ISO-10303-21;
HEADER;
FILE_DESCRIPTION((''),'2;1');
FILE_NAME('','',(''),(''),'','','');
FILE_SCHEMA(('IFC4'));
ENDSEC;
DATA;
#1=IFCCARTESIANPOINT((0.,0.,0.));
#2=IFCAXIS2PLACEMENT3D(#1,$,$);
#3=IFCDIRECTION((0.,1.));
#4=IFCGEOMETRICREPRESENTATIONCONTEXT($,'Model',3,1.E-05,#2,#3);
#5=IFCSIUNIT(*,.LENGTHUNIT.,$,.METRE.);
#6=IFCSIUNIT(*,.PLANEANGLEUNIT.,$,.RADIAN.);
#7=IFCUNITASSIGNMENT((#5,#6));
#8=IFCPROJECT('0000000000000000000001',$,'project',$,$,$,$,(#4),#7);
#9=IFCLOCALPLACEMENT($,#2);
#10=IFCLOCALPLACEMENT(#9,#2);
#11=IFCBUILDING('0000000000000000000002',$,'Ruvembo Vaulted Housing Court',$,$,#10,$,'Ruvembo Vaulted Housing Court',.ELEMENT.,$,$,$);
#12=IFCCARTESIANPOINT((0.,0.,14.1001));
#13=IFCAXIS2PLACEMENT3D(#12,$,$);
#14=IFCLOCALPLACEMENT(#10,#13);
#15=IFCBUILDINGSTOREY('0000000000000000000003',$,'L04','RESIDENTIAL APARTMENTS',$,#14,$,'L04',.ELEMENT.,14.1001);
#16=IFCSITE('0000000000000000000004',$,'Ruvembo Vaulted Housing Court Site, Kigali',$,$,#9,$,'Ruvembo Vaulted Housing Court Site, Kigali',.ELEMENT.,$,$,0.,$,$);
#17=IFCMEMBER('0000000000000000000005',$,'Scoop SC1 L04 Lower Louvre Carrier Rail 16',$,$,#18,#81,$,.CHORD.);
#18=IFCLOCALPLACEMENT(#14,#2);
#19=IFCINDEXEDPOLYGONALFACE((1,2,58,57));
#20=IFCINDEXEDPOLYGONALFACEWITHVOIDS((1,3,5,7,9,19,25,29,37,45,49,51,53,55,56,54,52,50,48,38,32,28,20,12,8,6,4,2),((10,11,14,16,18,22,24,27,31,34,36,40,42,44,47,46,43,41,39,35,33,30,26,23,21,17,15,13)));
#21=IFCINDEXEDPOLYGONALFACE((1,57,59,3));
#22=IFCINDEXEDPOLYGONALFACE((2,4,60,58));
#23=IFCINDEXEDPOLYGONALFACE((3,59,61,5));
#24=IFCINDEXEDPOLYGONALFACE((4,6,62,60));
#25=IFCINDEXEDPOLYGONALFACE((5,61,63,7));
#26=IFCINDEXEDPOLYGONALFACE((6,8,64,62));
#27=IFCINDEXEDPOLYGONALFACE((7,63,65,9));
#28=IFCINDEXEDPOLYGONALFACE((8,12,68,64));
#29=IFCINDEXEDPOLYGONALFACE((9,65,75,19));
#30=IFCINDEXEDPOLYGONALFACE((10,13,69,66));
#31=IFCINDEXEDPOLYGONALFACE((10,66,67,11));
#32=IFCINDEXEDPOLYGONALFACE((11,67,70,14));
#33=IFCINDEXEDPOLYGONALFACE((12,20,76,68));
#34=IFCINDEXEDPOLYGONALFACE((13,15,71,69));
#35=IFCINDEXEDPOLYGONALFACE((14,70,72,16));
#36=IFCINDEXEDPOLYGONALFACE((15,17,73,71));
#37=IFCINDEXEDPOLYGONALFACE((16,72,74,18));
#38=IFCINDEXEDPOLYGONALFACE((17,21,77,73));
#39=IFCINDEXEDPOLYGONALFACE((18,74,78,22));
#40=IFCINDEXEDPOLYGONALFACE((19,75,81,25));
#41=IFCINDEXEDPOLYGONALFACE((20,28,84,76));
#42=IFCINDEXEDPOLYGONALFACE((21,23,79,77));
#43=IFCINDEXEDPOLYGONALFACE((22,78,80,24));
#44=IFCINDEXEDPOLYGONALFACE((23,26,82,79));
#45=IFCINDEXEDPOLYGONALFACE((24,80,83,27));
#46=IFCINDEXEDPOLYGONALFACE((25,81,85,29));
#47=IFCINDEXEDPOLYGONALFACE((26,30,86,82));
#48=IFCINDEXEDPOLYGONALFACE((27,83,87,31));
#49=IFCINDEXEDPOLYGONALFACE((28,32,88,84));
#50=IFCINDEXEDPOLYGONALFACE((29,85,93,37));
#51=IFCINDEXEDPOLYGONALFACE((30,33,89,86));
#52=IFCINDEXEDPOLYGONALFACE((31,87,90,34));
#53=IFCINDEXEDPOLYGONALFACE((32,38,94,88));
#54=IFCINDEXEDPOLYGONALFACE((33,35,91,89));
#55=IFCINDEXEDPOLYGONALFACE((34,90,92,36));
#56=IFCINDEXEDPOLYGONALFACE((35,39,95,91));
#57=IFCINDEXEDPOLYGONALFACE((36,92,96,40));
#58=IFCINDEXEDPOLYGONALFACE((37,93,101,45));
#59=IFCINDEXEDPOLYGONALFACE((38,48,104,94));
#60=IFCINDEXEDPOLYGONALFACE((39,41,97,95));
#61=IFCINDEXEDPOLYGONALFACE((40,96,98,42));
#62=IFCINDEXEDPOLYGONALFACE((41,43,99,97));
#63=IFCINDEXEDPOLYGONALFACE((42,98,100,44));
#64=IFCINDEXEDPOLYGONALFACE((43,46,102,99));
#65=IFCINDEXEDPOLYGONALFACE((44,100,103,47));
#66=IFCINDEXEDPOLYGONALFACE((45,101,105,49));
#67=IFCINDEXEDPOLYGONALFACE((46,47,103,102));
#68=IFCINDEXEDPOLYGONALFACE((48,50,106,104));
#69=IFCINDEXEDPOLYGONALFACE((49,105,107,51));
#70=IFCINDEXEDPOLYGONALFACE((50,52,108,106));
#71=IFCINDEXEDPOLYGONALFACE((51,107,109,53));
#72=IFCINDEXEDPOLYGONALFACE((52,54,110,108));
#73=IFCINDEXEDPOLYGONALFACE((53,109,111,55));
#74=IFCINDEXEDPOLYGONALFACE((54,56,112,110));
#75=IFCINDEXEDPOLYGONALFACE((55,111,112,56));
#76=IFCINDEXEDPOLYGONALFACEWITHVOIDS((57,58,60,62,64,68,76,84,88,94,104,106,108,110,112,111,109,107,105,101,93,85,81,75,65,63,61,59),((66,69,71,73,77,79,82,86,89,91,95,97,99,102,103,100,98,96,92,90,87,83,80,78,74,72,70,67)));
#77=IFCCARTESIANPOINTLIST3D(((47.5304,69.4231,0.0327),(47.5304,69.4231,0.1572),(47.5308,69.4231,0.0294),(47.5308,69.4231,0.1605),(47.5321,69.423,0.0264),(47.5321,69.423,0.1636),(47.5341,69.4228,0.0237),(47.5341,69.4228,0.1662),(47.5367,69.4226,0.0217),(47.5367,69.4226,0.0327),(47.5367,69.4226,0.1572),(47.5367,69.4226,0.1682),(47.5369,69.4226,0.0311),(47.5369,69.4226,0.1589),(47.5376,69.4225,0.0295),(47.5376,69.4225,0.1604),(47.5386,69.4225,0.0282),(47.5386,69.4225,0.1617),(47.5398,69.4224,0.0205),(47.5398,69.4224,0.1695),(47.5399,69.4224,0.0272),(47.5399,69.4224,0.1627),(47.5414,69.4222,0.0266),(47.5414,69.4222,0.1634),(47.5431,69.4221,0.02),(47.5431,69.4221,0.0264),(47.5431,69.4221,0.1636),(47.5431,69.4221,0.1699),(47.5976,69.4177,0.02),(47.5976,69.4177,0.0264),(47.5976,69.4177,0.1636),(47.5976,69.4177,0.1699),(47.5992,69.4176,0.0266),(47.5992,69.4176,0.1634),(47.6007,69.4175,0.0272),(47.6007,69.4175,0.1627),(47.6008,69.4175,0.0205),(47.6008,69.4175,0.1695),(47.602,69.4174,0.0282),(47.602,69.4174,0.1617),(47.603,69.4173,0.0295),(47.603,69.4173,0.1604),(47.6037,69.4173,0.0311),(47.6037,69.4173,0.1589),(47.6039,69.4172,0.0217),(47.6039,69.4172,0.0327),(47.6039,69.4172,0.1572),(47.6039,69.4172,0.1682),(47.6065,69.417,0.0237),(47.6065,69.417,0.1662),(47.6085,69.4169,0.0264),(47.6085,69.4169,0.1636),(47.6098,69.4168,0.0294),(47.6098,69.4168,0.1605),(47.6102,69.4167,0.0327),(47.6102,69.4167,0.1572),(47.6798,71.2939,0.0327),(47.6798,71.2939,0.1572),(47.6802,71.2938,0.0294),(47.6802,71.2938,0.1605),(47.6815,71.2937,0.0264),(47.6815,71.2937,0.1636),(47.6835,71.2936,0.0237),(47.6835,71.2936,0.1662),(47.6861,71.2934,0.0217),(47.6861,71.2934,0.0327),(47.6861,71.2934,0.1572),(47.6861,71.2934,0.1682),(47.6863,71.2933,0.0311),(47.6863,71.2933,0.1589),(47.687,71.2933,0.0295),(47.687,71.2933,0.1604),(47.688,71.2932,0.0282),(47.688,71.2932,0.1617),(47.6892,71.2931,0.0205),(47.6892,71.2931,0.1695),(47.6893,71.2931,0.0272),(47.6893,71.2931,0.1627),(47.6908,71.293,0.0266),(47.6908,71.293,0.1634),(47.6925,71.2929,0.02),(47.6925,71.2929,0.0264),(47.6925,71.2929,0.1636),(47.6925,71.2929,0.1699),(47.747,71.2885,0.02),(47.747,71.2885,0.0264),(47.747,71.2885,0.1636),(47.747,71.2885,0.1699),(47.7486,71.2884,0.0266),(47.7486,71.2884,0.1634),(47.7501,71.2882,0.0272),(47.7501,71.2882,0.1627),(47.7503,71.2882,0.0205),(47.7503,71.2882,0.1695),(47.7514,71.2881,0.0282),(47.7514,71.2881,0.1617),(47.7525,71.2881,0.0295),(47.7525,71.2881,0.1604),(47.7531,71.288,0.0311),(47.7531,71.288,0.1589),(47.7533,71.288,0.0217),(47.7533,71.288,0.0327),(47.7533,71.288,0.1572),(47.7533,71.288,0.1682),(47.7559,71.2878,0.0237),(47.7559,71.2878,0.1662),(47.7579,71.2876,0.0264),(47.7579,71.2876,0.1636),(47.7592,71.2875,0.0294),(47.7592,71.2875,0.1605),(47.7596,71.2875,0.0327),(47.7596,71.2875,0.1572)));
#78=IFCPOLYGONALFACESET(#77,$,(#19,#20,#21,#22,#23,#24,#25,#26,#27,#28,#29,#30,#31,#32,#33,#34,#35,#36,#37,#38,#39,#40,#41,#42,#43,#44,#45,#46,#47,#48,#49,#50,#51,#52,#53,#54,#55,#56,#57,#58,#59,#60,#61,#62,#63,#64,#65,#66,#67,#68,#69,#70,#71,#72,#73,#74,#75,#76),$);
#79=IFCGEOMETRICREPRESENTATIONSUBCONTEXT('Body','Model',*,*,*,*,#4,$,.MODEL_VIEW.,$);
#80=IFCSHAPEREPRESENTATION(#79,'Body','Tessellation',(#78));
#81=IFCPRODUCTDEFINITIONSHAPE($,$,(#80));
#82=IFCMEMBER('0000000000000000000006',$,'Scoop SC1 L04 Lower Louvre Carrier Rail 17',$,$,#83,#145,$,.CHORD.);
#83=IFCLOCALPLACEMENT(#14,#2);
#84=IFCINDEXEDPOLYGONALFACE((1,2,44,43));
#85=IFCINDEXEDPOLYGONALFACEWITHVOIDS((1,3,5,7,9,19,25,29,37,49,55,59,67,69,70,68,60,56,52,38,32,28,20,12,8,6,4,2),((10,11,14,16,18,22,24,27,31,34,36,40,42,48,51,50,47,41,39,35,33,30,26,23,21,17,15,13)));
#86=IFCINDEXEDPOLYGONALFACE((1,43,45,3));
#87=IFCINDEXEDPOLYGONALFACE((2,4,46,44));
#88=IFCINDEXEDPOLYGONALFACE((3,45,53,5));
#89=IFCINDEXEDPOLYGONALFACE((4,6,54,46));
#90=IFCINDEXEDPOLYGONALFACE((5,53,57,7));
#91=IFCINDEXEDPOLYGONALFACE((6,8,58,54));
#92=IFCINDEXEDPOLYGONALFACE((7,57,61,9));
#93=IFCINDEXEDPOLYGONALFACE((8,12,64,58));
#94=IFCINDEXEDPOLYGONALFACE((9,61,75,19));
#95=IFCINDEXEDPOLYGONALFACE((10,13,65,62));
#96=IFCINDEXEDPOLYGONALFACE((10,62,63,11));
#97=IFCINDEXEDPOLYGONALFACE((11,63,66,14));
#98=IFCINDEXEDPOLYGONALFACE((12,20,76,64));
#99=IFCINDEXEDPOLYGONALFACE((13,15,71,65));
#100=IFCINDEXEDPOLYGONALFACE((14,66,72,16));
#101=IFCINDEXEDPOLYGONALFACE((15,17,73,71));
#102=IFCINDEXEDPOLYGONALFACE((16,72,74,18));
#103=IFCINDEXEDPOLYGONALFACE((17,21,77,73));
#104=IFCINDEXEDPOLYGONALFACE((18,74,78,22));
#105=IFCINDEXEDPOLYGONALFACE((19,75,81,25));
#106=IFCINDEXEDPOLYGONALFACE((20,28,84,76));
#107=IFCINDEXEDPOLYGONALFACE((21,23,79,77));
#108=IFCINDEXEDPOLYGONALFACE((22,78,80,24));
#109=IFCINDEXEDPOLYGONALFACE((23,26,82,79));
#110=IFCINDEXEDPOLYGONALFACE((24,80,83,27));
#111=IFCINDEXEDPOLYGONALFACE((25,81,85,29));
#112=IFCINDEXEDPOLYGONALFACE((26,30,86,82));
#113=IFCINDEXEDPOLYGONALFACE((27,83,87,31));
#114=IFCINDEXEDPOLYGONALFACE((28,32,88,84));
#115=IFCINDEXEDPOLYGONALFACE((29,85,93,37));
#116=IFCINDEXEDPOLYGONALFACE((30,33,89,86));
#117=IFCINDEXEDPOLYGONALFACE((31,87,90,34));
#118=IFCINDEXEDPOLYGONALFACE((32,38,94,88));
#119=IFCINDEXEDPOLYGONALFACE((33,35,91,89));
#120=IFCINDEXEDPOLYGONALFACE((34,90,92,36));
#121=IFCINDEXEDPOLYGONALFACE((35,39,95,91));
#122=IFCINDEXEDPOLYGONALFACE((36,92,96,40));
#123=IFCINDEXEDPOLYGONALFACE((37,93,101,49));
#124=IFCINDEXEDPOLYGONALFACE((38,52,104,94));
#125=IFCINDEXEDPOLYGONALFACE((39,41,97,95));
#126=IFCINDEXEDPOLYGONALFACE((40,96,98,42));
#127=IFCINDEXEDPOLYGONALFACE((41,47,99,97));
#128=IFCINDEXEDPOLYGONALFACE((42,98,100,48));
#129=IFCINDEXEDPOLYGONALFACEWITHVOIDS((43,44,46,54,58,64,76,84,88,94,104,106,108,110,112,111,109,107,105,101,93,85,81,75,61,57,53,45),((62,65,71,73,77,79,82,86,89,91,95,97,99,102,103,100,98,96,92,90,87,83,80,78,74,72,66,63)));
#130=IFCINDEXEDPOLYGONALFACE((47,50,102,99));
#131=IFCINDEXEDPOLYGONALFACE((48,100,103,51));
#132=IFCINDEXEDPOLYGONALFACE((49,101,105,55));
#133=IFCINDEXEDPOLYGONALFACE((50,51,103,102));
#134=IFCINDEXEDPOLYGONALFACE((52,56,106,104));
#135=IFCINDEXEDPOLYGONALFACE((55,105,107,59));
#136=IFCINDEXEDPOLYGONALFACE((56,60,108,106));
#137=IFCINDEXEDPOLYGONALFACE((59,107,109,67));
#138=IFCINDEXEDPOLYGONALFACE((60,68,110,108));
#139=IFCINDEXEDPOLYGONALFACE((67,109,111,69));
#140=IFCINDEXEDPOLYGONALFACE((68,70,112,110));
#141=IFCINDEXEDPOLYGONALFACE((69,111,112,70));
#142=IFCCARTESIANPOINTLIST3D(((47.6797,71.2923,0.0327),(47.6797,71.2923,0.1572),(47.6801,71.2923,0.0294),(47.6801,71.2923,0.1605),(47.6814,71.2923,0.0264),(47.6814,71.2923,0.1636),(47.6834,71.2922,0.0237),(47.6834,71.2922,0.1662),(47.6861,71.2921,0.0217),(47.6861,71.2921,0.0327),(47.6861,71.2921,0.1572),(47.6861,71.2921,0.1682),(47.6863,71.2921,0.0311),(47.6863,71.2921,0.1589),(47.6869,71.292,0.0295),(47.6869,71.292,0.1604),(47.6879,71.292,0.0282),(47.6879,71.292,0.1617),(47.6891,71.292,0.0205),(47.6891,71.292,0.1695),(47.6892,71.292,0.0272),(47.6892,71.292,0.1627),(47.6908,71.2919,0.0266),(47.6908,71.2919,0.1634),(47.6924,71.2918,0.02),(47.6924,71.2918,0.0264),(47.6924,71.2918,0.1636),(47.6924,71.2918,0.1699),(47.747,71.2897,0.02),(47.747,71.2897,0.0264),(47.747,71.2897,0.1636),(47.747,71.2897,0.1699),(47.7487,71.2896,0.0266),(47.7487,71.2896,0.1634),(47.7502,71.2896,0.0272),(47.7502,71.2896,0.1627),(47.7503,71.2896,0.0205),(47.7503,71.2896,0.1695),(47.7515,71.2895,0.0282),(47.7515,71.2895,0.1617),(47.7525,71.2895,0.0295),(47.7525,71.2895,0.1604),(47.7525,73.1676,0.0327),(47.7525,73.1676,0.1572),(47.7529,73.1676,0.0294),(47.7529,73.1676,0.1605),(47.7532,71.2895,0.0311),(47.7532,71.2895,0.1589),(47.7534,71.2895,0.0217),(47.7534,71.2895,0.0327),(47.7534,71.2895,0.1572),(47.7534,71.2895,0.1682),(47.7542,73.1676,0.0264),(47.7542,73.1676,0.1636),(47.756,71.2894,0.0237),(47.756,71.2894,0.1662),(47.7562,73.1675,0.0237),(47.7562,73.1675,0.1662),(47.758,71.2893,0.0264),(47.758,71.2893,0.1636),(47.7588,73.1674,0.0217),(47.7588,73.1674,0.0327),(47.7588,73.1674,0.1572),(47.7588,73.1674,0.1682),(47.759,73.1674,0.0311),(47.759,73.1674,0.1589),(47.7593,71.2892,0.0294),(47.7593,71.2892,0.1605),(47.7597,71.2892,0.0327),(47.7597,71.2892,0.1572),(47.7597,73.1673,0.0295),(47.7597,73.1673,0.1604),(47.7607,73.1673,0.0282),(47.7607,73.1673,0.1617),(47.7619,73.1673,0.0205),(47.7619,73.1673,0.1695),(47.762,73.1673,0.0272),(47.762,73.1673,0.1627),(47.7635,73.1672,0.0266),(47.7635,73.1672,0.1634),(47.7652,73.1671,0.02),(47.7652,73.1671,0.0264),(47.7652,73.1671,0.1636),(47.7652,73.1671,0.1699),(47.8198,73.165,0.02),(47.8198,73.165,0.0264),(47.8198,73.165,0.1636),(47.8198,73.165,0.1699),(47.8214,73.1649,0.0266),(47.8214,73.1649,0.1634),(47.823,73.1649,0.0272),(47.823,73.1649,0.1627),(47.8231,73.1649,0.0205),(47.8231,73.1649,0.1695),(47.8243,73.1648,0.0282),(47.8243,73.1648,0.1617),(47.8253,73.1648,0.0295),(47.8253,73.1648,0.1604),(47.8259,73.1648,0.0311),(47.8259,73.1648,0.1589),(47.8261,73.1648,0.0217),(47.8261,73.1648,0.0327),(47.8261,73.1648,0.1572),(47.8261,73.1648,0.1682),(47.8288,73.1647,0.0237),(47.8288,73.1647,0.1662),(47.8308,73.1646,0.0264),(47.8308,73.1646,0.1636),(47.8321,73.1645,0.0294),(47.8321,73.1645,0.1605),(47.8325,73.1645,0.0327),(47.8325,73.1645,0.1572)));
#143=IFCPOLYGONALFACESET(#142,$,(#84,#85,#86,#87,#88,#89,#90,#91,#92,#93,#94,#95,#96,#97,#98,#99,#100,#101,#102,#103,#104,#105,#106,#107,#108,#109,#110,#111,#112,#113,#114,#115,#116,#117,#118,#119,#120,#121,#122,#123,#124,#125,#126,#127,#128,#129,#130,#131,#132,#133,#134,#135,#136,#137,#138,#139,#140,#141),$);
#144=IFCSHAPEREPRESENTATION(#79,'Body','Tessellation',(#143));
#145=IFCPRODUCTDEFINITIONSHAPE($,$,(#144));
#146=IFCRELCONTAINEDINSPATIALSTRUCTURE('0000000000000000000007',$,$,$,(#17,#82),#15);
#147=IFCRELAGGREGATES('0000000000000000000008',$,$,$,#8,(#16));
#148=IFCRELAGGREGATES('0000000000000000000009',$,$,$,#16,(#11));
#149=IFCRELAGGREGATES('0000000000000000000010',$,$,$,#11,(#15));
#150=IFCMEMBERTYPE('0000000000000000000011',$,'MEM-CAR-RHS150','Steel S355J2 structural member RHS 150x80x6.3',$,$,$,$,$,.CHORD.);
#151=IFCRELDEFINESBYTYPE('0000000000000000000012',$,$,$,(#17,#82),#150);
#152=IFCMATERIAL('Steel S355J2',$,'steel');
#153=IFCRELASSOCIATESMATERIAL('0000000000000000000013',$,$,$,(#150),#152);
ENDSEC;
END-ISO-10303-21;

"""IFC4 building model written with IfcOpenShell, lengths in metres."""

from ifc_helpers import new_model, si_unit, direction, frame, origin, origin_2d, place, context, subcontext, project, spatial, hollow_rectangle, extrude, material, material_profile, profile_set, type_object, element, save


model = new_model("IFC4")

# Units and contexts
model_context = context("Model", 3, precision=1e-05, world=origin(), true_north=direction((0.0, 1.0)))
body_context = subcontext(model_context, "Body", "Model", "MODEL_VIEW")
ifc_project = project(units=[si_unit("LENGTHUNIT", "METRE"), si_unit("PLANEANGLEUNIT", "RADIAN")], contexts=[model_context])

# Site, building, storey
site_placement = place(None, origin())
site = spatial("IfcSite", under=ifc_project, at=site_placement, Name="Ruvembo Vaulted Housing Court Site, Kigali", LongName="Ruvembo Vaulted Housing Court Site, Kigali", CompositionType="ELEMENT", RefElevation=0.0)
building_placement = place(site_placement, origin())
building = spatial("IfcBuilding", under=site, at=building_placement, Name="Ruvembo Vaulted Housing Court", LongName="Ruvembo Vaulted Housing Court", CompositionType="ELEMENT")
storey_placement = place(building_placement, frame((0.0, 0.0, 14.1001)))
storey = spatial("IfcBuildingStorey", under=building, at=storey_placement, Name="L04", Description="RESIDENTIAL APARTMENTS", LongName="L04", CompositionType="ELEMENT", Elevation=14.1001)

# Shared definitions
ifc_material_1 = material(Name="Steel S355J2", Category="steel")

# Members
ifc_material_profile_1 = material_profile(ifc_material_1, hollow_rectangle(XDim=0.0801, YDim=0.1499, WallThickness=0.0063, InnerFilletRadius=0.0063, OuterFilletRadius=0.0127, at=origin_2d()), Name="RHS 150x80x6.3")
ifc_profile_set_1 = profile_set([ifc_material_profile_1], Name="Steel S355J2")
member_type_1 = type_object("IfcMemberType", Name="MEM-CAR-RHS150", Description="Steel S355J2 structural member RHS 150x80x6.3", PredefinedType="CHORD", material=ifc_profile_set_1)
for number, where, z_axis, x_axis, name in (
    (1, (47.5703, 69.4199, 0.095), (0.079611, 0.996826, 0.0), (-0.996826, 0.079611, 0.0), "Scoop SC1 L04 Lower Louvre Carrier Rail 16"),
    (2, (47.7197, 71.2908, 0.095), (0.038768, 0.999248, 0.0), (-0.999248, 0.038768, 0.0), "Scoop SC1 L04 Lower Louvre Carrier Rail 17"),
):
    element("IfcMember", number, at=place(storey_placement, frame(where, z_axis=z_axis, x_axis=x_axis)), inside=storey, type_object=member_type_1, Name=name, PredefinedType="CHORD", context=body_context, shape_type="SweptSolid", body=[
        extrude(hollow_rectangle(XDim=0.0801, YDim=0.1499, WallThickness=0.0063, InnerFilletRadius=0.0063, OuterFilletRadius=0.0127, at=origin_2d()), origin(), (0.0, 0.0, 1.0), 1.8767),
    ])

save(model, "model.ifc")
